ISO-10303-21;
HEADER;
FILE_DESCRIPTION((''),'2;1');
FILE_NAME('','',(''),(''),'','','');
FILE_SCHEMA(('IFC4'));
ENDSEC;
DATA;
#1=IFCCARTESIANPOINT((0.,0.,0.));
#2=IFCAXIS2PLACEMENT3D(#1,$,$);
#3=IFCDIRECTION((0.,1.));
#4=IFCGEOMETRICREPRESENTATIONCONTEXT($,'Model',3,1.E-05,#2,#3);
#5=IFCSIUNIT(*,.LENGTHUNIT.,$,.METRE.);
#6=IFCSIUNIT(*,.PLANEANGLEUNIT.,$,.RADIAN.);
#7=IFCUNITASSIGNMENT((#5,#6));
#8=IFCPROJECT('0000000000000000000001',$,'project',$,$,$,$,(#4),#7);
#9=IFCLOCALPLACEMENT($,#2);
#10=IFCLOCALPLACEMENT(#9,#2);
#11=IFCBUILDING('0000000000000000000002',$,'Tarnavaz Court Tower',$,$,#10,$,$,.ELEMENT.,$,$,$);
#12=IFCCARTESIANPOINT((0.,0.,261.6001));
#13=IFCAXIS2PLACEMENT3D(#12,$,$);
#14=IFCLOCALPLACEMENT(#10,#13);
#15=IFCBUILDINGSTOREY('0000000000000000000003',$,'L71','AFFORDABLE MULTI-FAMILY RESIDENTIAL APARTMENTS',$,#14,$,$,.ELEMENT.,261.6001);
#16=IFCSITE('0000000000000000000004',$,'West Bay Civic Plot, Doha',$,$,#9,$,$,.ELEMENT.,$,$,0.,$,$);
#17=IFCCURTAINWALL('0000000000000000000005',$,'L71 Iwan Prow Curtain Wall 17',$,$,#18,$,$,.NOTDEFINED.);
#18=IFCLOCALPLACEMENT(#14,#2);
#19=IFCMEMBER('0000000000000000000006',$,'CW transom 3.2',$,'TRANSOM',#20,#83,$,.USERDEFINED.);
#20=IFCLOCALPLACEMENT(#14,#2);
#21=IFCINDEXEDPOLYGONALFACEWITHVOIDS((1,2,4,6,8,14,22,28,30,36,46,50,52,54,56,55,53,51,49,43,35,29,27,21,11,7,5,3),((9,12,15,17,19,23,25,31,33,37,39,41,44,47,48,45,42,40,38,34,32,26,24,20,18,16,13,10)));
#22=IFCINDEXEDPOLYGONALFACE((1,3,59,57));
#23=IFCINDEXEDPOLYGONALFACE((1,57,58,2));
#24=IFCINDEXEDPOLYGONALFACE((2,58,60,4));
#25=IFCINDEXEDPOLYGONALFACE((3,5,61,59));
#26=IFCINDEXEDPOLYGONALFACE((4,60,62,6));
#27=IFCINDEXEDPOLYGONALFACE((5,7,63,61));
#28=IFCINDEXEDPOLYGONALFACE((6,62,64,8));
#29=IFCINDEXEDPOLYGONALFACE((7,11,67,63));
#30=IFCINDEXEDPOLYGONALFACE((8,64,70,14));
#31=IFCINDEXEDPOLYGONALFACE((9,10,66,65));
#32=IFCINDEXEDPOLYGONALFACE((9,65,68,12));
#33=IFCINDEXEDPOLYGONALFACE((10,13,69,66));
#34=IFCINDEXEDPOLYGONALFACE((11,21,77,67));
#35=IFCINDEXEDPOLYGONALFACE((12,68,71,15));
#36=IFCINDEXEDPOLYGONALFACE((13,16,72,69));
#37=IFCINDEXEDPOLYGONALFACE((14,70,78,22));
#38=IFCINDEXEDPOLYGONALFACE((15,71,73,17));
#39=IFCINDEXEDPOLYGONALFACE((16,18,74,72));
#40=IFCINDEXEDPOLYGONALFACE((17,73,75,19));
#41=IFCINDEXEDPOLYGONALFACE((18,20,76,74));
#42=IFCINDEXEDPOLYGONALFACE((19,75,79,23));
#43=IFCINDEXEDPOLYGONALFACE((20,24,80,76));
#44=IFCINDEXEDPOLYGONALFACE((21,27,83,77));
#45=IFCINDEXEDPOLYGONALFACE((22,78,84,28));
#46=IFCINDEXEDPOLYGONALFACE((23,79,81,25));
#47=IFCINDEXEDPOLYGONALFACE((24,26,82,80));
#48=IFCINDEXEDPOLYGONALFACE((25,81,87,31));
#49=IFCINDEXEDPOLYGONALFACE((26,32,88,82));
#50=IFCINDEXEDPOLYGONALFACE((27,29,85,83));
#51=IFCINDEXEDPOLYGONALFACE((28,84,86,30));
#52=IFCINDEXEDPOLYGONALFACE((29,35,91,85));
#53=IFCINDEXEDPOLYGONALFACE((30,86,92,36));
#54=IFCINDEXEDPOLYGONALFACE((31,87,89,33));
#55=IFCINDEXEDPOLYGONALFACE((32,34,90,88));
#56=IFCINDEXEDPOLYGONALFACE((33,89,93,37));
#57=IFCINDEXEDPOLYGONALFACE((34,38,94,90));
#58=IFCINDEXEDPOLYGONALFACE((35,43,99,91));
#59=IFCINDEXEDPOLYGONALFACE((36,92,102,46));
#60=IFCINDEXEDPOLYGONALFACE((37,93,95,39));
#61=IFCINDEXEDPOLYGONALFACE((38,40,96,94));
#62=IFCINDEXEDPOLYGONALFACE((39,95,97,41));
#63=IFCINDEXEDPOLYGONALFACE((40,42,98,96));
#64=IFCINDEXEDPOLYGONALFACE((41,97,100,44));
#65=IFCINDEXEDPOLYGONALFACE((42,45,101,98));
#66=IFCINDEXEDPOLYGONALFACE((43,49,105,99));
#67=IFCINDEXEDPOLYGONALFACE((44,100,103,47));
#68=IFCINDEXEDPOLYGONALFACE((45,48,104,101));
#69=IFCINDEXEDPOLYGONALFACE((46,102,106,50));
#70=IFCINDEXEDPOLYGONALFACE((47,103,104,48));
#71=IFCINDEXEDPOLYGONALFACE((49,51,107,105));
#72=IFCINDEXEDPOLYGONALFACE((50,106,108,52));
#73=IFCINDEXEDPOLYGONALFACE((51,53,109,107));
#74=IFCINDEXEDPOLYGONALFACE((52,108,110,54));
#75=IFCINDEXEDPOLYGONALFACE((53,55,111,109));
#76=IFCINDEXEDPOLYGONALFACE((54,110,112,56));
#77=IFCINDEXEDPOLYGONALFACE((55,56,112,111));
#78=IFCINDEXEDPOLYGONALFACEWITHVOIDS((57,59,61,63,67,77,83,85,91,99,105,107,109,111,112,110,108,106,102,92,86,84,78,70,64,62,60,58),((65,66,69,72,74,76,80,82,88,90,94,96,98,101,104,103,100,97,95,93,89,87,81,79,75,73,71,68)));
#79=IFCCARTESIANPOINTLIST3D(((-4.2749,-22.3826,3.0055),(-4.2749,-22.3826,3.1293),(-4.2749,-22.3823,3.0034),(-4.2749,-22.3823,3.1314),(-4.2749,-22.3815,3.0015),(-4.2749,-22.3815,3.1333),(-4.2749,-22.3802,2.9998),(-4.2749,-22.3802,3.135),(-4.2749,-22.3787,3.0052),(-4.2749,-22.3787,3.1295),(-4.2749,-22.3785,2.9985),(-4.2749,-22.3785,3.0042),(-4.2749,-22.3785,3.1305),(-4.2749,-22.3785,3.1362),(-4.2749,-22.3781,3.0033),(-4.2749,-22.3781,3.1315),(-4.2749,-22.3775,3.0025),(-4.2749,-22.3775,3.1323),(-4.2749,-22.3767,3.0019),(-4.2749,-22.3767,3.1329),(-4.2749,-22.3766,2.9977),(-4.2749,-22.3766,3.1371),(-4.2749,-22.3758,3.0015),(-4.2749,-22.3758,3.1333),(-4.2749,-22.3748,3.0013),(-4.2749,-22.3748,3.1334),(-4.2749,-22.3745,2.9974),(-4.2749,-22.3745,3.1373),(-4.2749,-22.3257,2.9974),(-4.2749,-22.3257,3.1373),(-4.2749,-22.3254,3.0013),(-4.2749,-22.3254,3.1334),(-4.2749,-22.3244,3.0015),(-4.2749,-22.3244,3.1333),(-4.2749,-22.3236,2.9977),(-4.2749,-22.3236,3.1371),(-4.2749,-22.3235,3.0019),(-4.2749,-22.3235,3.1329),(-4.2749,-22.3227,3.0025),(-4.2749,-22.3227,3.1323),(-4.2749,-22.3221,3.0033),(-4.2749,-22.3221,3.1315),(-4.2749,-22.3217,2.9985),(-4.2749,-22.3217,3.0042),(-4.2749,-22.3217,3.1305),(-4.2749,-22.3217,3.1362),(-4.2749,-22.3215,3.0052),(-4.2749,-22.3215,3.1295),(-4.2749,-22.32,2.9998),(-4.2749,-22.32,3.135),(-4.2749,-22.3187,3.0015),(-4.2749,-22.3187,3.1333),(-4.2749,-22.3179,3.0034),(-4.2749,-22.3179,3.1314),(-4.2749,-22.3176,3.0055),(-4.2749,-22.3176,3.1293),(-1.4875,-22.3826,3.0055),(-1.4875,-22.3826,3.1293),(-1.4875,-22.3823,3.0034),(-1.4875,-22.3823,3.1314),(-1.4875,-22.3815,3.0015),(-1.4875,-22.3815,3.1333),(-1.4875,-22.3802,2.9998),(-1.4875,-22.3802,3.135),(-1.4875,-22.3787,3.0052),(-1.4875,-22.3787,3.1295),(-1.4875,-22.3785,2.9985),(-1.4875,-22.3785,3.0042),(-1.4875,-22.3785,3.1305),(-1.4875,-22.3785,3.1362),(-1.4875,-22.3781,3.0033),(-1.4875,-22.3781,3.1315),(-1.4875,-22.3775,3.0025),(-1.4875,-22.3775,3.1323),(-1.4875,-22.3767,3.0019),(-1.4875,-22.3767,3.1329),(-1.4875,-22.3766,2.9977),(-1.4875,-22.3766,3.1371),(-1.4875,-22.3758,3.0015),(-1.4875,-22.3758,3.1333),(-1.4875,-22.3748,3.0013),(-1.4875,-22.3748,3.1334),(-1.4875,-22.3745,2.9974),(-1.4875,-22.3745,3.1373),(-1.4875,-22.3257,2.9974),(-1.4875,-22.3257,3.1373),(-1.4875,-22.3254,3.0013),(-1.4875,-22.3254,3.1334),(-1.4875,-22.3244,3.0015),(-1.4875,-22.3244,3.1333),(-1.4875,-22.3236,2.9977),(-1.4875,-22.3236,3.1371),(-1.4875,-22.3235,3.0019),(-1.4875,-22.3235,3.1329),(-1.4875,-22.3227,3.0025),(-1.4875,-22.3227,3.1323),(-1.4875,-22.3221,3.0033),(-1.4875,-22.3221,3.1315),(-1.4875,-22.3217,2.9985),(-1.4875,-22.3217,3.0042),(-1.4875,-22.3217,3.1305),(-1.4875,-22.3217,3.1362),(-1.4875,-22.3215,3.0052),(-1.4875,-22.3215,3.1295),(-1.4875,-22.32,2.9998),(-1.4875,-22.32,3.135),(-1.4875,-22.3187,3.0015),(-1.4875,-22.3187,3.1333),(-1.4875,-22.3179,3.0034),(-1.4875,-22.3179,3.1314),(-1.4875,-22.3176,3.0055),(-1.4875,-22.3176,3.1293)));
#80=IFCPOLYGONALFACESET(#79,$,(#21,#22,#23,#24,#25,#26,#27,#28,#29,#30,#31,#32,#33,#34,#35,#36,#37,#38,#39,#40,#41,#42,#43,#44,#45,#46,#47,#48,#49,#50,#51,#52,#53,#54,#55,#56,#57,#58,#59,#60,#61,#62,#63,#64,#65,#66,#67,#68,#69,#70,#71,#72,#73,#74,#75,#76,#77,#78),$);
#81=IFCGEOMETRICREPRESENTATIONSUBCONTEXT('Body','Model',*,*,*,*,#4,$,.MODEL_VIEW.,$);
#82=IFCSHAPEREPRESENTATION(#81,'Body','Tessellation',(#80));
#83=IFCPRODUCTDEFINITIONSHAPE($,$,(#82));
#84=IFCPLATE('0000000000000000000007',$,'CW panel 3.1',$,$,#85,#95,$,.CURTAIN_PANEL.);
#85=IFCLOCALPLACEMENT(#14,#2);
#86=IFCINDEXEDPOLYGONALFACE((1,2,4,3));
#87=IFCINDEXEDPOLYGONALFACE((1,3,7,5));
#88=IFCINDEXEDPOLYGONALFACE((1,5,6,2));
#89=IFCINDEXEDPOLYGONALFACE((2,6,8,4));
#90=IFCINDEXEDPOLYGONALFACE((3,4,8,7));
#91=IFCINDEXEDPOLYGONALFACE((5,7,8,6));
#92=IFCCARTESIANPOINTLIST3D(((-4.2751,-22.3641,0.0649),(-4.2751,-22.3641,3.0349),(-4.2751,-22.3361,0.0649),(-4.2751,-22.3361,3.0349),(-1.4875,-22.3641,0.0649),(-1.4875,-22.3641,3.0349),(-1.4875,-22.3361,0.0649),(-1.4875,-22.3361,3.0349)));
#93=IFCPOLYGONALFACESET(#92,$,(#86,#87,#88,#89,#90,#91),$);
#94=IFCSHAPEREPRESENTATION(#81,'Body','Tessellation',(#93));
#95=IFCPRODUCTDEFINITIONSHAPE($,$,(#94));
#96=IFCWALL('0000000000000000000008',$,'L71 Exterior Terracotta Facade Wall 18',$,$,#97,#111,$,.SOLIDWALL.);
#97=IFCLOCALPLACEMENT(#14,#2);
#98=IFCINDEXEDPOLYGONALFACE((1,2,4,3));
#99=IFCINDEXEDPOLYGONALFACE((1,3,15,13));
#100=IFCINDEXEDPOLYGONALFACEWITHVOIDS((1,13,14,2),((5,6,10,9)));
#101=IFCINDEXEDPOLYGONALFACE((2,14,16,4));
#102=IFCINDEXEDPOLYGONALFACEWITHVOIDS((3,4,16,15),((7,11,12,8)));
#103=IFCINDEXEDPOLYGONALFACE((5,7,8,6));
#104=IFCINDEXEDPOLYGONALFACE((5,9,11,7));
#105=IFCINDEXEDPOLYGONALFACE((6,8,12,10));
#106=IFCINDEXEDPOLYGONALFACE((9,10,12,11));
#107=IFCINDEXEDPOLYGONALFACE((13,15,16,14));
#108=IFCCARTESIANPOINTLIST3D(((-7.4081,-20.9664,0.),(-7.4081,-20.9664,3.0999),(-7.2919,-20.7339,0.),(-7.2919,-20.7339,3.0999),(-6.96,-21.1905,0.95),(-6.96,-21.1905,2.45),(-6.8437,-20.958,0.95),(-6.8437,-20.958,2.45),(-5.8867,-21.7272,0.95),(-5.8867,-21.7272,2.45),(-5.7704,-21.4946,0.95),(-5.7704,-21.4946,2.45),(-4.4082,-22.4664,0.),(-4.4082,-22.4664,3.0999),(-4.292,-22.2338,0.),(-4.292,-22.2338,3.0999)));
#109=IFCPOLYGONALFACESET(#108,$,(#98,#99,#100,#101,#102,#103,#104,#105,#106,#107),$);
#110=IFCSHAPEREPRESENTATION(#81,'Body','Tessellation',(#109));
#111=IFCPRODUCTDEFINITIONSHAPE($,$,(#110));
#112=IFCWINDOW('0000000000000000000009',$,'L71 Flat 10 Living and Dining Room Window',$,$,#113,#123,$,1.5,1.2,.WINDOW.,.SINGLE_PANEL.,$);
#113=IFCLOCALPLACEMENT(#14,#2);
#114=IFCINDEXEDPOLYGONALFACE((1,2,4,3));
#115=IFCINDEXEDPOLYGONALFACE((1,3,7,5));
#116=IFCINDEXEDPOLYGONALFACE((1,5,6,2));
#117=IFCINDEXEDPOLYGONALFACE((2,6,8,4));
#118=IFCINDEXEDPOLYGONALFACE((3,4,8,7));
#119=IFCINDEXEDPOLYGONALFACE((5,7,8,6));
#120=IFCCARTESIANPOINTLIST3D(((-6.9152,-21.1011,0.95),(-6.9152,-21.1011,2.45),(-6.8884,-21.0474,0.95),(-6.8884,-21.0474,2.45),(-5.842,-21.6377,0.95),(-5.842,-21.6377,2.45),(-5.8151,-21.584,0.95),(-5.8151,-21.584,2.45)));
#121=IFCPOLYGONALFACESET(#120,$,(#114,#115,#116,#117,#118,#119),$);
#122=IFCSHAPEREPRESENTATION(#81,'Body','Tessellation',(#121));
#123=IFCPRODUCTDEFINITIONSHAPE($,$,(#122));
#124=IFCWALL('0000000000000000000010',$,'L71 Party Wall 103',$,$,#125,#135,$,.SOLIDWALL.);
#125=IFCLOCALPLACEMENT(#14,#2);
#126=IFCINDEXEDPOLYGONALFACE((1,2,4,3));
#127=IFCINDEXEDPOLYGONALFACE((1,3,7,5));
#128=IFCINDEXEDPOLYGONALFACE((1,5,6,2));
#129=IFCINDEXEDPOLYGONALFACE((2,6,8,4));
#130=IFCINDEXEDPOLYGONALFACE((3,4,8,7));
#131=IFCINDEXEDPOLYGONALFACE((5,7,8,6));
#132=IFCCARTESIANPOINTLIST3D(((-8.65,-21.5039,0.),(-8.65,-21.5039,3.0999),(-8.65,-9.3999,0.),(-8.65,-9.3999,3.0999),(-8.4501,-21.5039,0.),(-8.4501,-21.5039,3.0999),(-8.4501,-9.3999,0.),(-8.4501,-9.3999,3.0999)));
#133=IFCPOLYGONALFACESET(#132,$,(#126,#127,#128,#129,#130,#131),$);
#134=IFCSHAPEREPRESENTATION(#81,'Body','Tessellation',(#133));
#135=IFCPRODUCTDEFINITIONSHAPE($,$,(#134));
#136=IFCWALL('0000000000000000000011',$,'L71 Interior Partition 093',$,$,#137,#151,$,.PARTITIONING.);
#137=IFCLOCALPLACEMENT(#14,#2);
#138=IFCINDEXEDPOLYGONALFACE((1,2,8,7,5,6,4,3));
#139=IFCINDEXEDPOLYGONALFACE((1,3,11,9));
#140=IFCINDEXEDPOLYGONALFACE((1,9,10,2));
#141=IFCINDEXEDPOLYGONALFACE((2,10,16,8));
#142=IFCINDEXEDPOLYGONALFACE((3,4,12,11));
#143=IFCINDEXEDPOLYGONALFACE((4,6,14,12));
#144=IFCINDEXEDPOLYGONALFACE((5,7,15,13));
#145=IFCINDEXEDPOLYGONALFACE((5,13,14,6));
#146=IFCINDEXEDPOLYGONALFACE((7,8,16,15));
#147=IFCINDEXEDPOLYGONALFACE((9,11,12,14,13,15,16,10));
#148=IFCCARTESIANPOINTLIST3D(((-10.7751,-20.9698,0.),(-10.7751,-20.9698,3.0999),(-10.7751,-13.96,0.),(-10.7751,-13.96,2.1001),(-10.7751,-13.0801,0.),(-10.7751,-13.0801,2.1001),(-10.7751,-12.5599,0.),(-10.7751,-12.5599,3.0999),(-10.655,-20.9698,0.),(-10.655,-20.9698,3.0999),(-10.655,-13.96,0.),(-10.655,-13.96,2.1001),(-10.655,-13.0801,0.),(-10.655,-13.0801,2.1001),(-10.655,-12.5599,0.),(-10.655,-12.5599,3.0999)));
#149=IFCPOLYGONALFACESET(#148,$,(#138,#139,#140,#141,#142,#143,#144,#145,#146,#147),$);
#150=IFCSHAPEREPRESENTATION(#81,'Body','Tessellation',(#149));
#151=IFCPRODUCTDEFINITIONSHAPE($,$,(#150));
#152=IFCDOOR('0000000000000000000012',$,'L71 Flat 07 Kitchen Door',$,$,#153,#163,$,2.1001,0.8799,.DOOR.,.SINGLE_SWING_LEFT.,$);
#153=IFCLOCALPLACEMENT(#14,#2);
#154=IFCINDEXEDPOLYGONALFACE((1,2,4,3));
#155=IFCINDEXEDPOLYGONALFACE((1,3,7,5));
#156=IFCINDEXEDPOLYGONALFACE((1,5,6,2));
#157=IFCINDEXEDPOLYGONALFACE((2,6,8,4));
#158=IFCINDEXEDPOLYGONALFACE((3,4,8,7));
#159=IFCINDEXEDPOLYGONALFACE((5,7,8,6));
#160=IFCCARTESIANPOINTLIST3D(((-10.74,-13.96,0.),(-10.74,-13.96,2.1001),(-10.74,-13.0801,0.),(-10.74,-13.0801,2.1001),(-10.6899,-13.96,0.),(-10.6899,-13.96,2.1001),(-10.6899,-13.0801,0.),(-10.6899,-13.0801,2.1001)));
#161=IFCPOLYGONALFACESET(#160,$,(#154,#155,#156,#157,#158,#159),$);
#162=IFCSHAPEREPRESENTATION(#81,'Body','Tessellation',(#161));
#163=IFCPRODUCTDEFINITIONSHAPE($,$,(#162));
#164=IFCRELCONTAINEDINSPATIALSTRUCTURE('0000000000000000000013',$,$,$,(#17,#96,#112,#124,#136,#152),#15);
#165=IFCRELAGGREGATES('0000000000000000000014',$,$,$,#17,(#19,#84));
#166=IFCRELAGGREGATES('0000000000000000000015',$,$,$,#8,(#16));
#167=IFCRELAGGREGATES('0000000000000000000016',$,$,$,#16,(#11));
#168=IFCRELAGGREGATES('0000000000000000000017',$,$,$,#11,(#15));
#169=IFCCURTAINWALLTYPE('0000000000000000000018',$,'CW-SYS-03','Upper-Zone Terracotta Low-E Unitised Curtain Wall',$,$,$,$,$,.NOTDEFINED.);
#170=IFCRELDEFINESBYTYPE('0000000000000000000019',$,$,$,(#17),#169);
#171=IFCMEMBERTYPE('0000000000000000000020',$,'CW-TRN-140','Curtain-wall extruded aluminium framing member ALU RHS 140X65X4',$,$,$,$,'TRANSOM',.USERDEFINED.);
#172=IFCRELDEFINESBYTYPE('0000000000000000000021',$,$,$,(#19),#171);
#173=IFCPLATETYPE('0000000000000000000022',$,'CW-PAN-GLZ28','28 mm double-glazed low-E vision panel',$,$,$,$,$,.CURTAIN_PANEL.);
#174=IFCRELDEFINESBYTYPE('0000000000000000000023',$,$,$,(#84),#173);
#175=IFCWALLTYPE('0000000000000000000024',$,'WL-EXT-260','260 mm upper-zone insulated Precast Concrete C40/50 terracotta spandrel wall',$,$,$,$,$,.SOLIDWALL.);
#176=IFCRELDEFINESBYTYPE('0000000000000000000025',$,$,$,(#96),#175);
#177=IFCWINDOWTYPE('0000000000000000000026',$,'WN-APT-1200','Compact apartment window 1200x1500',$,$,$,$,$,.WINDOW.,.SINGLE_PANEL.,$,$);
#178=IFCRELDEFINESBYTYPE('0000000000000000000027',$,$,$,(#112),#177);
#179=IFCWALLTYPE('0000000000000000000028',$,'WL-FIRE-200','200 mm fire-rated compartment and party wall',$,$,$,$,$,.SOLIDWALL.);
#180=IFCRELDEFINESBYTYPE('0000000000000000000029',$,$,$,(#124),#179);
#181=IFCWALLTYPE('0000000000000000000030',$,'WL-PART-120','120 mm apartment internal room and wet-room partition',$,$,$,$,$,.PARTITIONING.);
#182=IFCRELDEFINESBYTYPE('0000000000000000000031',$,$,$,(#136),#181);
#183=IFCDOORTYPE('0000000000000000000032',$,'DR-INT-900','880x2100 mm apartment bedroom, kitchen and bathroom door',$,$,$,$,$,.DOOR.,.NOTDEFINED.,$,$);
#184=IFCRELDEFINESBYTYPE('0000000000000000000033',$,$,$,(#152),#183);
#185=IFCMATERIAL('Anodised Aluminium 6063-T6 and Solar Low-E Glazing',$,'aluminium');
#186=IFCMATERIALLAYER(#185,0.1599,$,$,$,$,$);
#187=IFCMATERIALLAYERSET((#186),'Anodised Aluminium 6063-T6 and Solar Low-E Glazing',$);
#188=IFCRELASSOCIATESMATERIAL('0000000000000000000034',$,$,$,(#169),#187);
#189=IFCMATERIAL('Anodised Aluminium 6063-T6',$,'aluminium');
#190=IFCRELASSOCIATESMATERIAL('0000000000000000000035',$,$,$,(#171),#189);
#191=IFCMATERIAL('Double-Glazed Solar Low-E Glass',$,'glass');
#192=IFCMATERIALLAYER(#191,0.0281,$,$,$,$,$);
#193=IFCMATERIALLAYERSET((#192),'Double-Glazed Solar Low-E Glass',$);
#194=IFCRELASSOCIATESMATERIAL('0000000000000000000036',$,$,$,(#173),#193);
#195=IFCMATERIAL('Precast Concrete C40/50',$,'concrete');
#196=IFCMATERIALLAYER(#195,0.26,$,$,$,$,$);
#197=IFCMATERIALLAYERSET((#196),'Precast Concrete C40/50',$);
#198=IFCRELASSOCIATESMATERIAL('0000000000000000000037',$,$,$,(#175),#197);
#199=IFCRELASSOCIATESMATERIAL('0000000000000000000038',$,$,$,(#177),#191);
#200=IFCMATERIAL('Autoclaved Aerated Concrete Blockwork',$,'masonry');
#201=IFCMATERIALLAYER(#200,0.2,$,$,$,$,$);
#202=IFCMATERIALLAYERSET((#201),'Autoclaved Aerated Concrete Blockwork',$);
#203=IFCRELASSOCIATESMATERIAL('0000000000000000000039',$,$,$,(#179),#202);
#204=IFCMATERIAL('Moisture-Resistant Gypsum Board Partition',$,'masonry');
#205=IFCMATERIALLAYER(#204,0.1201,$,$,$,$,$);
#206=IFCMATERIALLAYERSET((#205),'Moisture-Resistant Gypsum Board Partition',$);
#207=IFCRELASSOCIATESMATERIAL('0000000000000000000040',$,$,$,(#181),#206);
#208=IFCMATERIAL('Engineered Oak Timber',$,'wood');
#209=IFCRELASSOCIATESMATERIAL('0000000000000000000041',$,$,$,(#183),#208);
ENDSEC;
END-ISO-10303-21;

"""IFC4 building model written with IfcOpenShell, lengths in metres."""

from ifc_helpers import new_model, si_unit, direction, frame, frame_2d, origin, origin_2d, place, context, subcontext, project, spatial, rectangle, hollow_rectangle, extrude, material, layer, layer_set, material_profile, profile_set, type_object, element, fill, aggregate, save


model = new_model("IFC4")

# Units and contexts
model_context = context("Model", 3, precision=1e-05, world=origin(), true_north=direction((0.0, 1.0)))
body_context = subcontext(model_context, "Body", "Model", "MODEL_VIEW")
ifc_project = project(units=[si_unit("LENGTHUNIT", "METRE"), si_unit("PLANEANGLEUNIT", "RADIAN")], contexts=[model_context])

# Site, building, storey
site_placement = place(None, origin())
site = spatial("IfcSite", under=ifc_project, at=site_placement, Name="West Bay Civic Plot, Doha", CompositionType="ELEMENT", RefElevation=0.0)
building_placement = place(site_placement, origin())
building = spatial("IfcBuilding", under=site, at=building_placement, Name="Tarnavaz Court Tower", CompositionType="ELEMENT")
storey_placement = place(building_placement, frame((0.0, 0.0, 261.6001)))
storey = spatial("IfcBuildingStorey", under=building, at=storey_placement, Name="L71", Description="AFFORDABLE MULTI-FAMILY RESIDENTIAL APARTMENTS", CompositionType="ELEMENT", Elevation=261.6001)

# Curtain wall, member, plate
ifc_material_1 = material(Name="Anodised Aluminium 6063-T6 and Solar Low-E Glazing", Category="aluminium")
ifc_layer_1 = layer(ifc_material_1, 0.1599)
ifc_layer_set_1 = layer_set([ifc_layer_1], Name="Anodised Aluminium 6063-T6 and Solar Low-E Glazing")
curtain_wall_type = type_object("IfcCurtainWallType", Name="CW-SYS-03", Description="Upper-Zone Terracotta Low-E Unitised Curtain Wall", PredefinedType="NOTDEFINED", material=ifc_layer_set_1)
curtain_wall_placement = place(storey_placement, origin())
curtain_wall = element("IfcCurtainWall", 1, at=curtain_wall_placement, inside=storey, type_object=curtain_wall_type, Name="L71 Iwan Prow Curtain Wall 17", PredefinedType="NOTDEFINED")
ifc_material_2 = material(Name="Anodised Aluminium 6063-T6", Category="aluminium")
ifc_material_profile_1 = material_profile(ifc_material_2, hollow_rectangle(XDim=0.0649, YDim=0.1399, WallThickness=0.0039, InnerFilletRadius=0.0039, OuterFilletRadius=0.0081, at=origin_2d()), Name="ALU RHS 140X65X4")
ifc_profile_set_1 = profile_set([ifc_material_profile_1], Name="Anodised Aluminium 6063-T6")
member_type_1 = type_object("IfcMemberType", Name="CW-TRN-140", Description="Curtain-wall extruded aluminium framing member ALU RHS 140X65X4", ElementType="TRANSOM", PredefinedType="USERDEFINED", material=ifc_profile_set_1)
member_1_placement = place(storey_placement, frame((-1.4875, -22.3501, 3.0674), z_axis=(-1.0, 0.0, 0.0), x_axis=(0.0, -1.0, 0.0)))
member_1 = element("IfcMember", 2, at=member_1_placement, type_object=member_type_1, Name="CW transom 3.2", ObjectType="TRANSOM", PredefinedType="USERDEFINED", context=body_context, shape_type="SweptSolid", body=[
    extrude(hollow_rectangle(XDim=0.0649, YDim=0.1399, WallThickness=0.0039, InnerFilletRadius=0.0039, OuterFilletRadius=0.0081, at=origin_2d()), origin(), (0.0, 0.0, 1.0), 2.7874),
])
ifc_material_3 = material(Name="Double-Glazed Solar Low-E Glass", Category="glass")
ifc_layer_2 = layer(ifc_material_3, 0.0281)
ifc_layer_set_2 = layer_set([ifc_layer_2], Name="Double-Glazed Solar Low-E Glass")
plate_type = type_object("IfcPlateType", Name="CW-PAN-GLZ28", Description="28 mm double-glazed low-E vision panel", PredefinedType="CURTAIN_PANEL", material=ifc_layer_set_2)
plate_placement = place(storey_placement, frame((-2.8813, -22.3501, 0.0649), z_axis=(0.0, 0.0, 1.0), x_axis=(-1.0, 0.0, 0.0)))
plate = element("IfcPlate", 3, at=plate_placement, type_object=plate_type, Name="CW panel 3.1", PredefinedType="CURTAIN_PANEL", context=body_context, shape_type="SweptSolid", body=[
    extrude(rectangle(XDim=2.7876, YDim=0.0281, at=origin_2d()), origin(), (0.0, 0.0, 1.0), 2.97),
])
aggregate(curtain_wall, [member_1, plate])

# Wall, opening, window
ifc_material_4 = material(Name="Precast Concrete C40/50", Category="concrete")
ifc_layer_3 = layer(ifc_material_4, 0.26)
ifc_layer_set_3 = layer_set([ifc_layer_3], Name="Precast Concrete C40/50")
wall_type_1 = type_object("IfcWallType", Name="WL-EXT-260", Description="260 mm upper-zone insulated Precast Concrete C40/50 terracotta spandrel wall", PredefinedType="SOLIDWALL", material=ifc_layer_set_3)
wall_1_placement = place(storey_placement, frame((-4.3501, -22.3501, 0.0), z_axis=(0.0, 0.0, 1.0), x_axis=(-0.894427, 0.447214, 0.0)))
wall_1 = element("IfcWall", 4, at=wall_1_placement, inside=storey, type_object=wall_type_1, Name="L71 Exterior Terracotta Facade Wall 18", PredefinedType="SOLIDWALL", context=body_context, shape_type="SweptSolid", body=[
    extrude(rectangle(XDim=3.354, YDim=0.26, at=frame_2d((1.677, 0.0))), origin(), (0.0, 0.0, 1.0), 3.0999),
])
opening_1_placement = place(wall_1_placement, frame((1.6528, 0.0, 0.95)))
opening_1 = element("IfcOpeningElement", 5, at=opening_1_placement, cuts=wall_1, PredefinedType="OPENING", context=body_context, shape_type="SweptSolid", body=[
    extrude(rectangle(XDim=1.2, YDim=1.5, at=frame_2d((0.6001, 0.75))), frame((0.0, 0.1399, 0.0), z_axis=(0.0, -1.0, 0.0), x_axis=(1.0, 0.0, 0.0)), (0.0, 0.0, 1.0), 0.28),
])
window_type = type_object("IfcWindowType", Name="WN-APT-1200", Description="Compact apartment window 1200x1500", PartitioningType="SINGLE_PANEL", PredefinedType="WINDOW", material=ifc_material_3)
window_placement = place(opening_1_placement, origin())
window = element("IfcWindow", 6, at=window_placement, inside=storey, type_object=window_type, Name="L71 Flat 10 Living and Dining Room Window", OverallHeight=1.5, OverallWidth=1.2, PartitioningType="SINGLE_PANEL", PredefinedType="WINDOW", context=body_context, shape_type="SweptSolid", body=[
    extrude(rectangle(XDim=1.2, YDim=1.5, at=frame_2d((0.6001, 0.75))), frame((0.0, 0.03, 0.0), z_axis=(0.0, -1.0, 0.0), x_axis=(1.0, 0.0, 0.0)), (0.0, 0.0, 1.0), 0.0601),
])
fill(opening_1, window)

# Wall
ifc_material_5 = material(Name="Autoclaved Aerated Concrete Blockwork", Category="masonry")
ifc_layer_4 = layer(ifc_material_5, 0.2)
ifc_layer_set_4 = layer_set([ifc_layer_4], Name="Autoclaved Aerated Concrete Blockwork")
wall_type_2 = type_object("IfcWallType", Name="WL-FIRE-200", Description="200 mm fire-rated compartment and party wall", PredefinedType="SOLIDWALL", material=ifc_layer_set_4)
wall_2_placement = place(storey_placement, frame((-8.55, -21.5039, 0.0), z_axis=(0.0, 0.0, 1.0), x_axis=(0.0, 1.0, 0.0)))
element("IfcWall", 7, at=wall_2_placement, inside=storey, type_object=wall_type_2, Name="L71 Party Wall 103", PredefinedType="SOLIDWALL", context=body_context, shape_type="SweptSolid", body=[
    extrude(rectangle(XDim=12.104, YDim=0.2, at=frame_2d((6.052, 0.0))), origin(), (0.0, 0.0, 1.0), 3.0999),
])

# Wall, opening, door
ifc_material_6 = material(Name="Moisture-Resistant Gypsum Board Partition", Category="masonry")
ifc_layer_5 = layer(ifc_material_6, 0.1201)
ifc_layer_set_5 = layer_set([ifc_layer_5], Name="Moisture-Resistant Gypsum Board Partition")
wall_type_3 = type_object("IfcWallType", Name="WL-PART-120", Description="120 mm apartment internal room and wet-room partition", PredefinedType="PARTITIONING", material=ifc_layer_set_5)
wall_3_placement = place(storey_placement, frame((-10.7151, -20.97, 0.0), z_axis=(0.0, 0.0, 1.0), x_axis=(0.0, 1.0, 0.0)))
wall_3 = element("IfcWall", 8, at=wall_3_placement, inside=storey, type_object=wall_type_3, Name="L71 Interior Partition 093", PredefinedType="PARTITIONING", context=body_context, shape_type="SweptSolid", body=[
    extrude(rectangle(XDim=8.4099, YDim=0.1201, at=frame_2d((4.2051, 0.0))), origin(), (0.0, 0.0, 1.0), 3.0999),
])
opening_2_placement = place(wall_3_placement, frame((7.01, 0.0, 0.0)))
opening_2 = element("IfcOpeningElement", 9, at=opening_2_placement, cuts=wall_3, PredefinedType="OPENING", context=body_context, shape_type="SweptSolid", body=[
    extrude(rectangle(XDim=0.8799, YDim=2.1001, at=frame_2d((0.4399, 1.05))), frame((0.0, 0.0701, 0.0), z_axis=(0.0, -1.0, 0.0), x_axis=(1.0, 0.0, 0.0)), (0.0, 0.0, 1.0), 0.1401),
])
ifc_material_7 = material(Name="Engineered Oak Timber", Category="wood")
door_type_1 = type_object("IfcDoorType", Name="DR-INT-900", Description="880x2100 mm apartment bedroom, kitchen and bathroom door", OperationType="NOTDEFINED", PredefinedType="DOOR", material=ifc_material_7)
door_1_placement = place(opening_2_placement, origin())
door_1 = element("IfcDoor", 10, at=door_1_placement, inside=storey, type_object=door_type_1, Name="L71 Flat 07 Kitchen Door", OperationType="SINGLE_SWING_LEFT", OverallHeight=2.1001, OverallWidth=0.8799, PredefinedType="DOOR", context=body_context, shape_type="SweptSolid", body=[
    extrude(rectangle(XDim=0.8799, YDim=2.1001, at=frame_2d((0.4399, 1.05))), frame((0.0, 0.0249, 0.0), z_axis=(0.0, -1.0, 0.0), x_axis=(1.0, 0.0, 0.0)), (0.0, 0.0, 1.0), 0.05),
])
fill(opening_2, door_1)

save(model, "model.ifc")
